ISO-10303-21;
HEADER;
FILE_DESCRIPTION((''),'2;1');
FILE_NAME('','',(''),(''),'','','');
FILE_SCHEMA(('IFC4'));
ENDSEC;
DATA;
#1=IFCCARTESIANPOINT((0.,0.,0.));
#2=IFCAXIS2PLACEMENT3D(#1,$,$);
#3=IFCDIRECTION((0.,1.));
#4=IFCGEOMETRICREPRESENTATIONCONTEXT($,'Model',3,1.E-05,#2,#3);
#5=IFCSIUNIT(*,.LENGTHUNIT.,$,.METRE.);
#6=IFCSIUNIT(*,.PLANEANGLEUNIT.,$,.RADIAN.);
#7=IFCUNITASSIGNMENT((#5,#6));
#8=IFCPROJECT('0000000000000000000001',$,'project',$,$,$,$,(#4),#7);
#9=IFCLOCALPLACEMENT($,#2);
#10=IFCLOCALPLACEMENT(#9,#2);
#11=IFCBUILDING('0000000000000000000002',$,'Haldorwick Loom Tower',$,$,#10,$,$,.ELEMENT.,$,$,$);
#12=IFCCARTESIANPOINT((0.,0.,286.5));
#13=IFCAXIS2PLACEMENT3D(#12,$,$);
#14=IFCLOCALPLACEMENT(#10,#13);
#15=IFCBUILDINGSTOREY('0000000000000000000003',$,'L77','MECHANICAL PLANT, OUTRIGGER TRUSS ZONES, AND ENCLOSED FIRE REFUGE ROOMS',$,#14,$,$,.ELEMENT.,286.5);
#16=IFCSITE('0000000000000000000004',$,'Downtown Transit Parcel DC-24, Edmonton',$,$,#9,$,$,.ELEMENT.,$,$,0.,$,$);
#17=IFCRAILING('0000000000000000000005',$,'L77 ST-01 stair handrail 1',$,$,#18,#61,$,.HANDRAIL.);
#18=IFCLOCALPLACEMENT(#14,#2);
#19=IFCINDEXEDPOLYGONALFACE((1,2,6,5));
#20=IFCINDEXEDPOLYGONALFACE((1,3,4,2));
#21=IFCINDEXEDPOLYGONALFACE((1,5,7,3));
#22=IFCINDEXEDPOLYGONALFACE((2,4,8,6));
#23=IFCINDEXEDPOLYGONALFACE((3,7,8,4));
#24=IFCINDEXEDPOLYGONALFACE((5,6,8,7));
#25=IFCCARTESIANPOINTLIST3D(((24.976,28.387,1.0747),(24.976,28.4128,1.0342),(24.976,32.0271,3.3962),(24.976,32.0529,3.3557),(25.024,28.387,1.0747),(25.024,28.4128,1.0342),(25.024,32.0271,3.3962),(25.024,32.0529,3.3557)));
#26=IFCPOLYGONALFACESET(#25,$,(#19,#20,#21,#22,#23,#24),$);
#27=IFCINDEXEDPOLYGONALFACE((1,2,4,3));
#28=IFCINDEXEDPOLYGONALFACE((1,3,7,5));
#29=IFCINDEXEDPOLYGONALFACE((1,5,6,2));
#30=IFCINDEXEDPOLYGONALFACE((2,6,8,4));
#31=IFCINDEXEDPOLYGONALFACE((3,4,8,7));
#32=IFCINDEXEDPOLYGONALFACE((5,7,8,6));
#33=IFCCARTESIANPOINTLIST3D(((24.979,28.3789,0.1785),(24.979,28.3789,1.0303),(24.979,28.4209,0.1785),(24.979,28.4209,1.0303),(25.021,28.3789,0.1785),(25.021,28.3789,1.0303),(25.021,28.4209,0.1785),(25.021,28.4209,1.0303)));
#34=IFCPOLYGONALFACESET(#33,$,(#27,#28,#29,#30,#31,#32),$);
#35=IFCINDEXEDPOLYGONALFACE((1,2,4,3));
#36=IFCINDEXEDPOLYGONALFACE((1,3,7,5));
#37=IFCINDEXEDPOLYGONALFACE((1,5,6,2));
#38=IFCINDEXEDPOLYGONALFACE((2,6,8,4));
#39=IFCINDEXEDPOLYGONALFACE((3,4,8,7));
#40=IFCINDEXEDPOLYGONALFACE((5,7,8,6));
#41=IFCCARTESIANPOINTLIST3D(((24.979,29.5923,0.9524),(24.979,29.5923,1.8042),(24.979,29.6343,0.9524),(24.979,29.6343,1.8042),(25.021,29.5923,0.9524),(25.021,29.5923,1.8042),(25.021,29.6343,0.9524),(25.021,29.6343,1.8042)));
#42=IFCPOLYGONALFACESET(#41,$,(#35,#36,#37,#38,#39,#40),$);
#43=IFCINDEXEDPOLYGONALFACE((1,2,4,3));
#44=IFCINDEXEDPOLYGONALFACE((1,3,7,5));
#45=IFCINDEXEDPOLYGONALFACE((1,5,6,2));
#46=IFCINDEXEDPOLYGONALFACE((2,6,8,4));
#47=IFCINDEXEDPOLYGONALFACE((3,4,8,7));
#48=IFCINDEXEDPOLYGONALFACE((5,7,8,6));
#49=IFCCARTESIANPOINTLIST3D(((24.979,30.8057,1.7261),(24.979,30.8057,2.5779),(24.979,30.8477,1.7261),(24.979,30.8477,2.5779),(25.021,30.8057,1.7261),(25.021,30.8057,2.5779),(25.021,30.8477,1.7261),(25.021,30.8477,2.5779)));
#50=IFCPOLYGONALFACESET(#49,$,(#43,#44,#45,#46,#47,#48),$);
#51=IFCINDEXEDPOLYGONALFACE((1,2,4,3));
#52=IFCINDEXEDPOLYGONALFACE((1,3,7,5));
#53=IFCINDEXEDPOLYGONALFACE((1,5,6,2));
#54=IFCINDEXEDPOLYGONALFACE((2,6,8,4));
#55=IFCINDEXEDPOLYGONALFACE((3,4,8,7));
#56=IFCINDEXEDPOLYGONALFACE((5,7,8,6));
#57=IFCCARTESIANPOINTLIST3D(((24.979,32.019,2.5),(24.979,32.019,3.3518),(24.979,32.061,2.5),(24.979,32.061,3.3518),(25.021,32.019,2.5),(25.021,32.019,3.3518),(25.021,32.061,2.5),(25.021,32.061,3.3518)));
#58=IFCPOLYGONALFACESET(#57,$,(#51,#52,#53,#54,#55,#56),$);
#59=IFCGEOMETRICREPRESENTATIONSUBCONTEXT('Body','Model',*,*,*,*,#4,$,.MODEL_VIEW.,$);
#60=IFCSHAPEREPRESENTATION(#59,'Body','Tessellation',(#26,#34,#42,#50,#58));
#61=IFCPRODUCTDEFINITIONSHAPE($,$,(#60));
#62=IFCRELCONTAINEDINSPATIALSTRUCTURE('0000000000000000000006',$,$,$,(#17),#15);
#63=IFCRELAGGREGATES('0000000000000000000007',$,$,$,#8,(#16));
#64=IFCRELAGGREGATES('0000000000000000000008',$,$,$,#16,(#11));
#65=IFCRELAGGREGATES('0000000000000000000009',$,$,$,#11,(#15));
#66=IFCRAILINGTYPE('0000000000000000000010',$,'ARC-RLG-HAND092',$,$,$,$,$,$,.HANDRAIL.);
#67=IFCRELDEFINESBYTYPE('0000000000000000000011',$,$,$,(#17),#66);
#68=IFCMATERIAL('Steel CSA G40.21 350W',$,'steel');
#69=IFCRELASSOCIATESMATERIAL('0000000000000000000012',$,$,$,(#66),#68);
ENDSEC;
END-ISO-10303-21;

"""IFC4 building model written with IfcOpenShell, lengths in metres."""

from ifc_helpers import new_model, si_unit, direction, frame, origin, origin_2d, place, context, subcontext, project, spatial, rectangle, extrude, material, type_object, element, save


model = new_model("IFC4")

# Units and contexts
model_context = context("Model", 3, precision=1e-05, world=origin(), true_north=direction((0.0, 1.0)))
body_context = subcontext(model_context, "Body", "Model", "MODEL_VIEW")
ifc_project = project(units=[si_unit("LENGTHUNIT", "METRE"), si_unit("PLANEANGLEUNIT", "RADIAN")], contexts=[model_context])

# Site, building, storey
site_placement = place(None, origin())
site = spatial("IfcSite", under=ifc_project, at=site_placement, Name="Downtown Transit Parcel DC-24, Edmonton", CompositionType="ELEMENT", RefElevation=0.0)
building_placement = place(site_placement, origin())
building = spatial("IfcBuilding", under=site, at=building_placement, Name="Haldorwick Loom Tower", CompositionType="ELEMENT")
storey_placement = place(building_placement, frame((0.0, 0.0, 286.5)))
storey = spatial("IfcBuildingStorey", under=building, at=storey_placement, Name="L77", Description="MECHANICAL PLANT, OUTRIGGER TRUSS ZONES, AND ENCLOSED FIRE REFUGE ROOMS", CompositionType="ELEMENT", Elevation=286.5)

# Shared definitions
ifc_material_1 = material(Name="Steel CSA G40.21 350W", Category="steel")

# Railing
railing_type_1 = type_object("IfcRailingType", Name="ARC-RLG-HAND092", PredefinedType="HANDRAIL", material=ifc_material_1)
railing_1_placement = place(storey_placement, frame((25.0, 28.3999, 0.1785)))
element("IfcRailing", 1, at=railing_1_placement, inside=storey, type_object=railing_type_1, Name="L77 ST-01 stair handrail 1", PredefinedType="HANDRAIL", context=body_context, shape_type="SweptSolid", body=[
    extrude(rectangle(XDim=0.0481, YDim=0.0481, at=origin_2d()), frame((0.0, 0.0, 0.876), z_axis=(0.0, 0.843128, 0.537713), x_axis=(-1.0, 0.0, 0.0)), (0.0, 0.0, 1.0), 4.3174),
    extrude(rectangle(XDim=0.042, YDim=0.042, at=origin_2d()), origin(), (0.0, 0.0, 1.0), 0.8518),
    extrude(rectangle(XDim=0.042, YDim=0.042, at=origin_2d()), frame((0.0, 1.2134, 0.7739)), (0.0, 0.0, 1.0), 0.8518),
    extrude(rectangle(XDim=0.042, YDim=0.042, at=origin_2d()), frame((0.0, 2.4268, 1.5476)), (0.0, 0.0, 1.0), 0.8518),
    extrude(rectangle(XDim=0.042, YDim=0.042, at=origin_2d()), frame((0.0, 3.6401, 2.3215)), (0.0, 0.0, 1.0), 0.8518),
])

save(model, "model.ifc")
